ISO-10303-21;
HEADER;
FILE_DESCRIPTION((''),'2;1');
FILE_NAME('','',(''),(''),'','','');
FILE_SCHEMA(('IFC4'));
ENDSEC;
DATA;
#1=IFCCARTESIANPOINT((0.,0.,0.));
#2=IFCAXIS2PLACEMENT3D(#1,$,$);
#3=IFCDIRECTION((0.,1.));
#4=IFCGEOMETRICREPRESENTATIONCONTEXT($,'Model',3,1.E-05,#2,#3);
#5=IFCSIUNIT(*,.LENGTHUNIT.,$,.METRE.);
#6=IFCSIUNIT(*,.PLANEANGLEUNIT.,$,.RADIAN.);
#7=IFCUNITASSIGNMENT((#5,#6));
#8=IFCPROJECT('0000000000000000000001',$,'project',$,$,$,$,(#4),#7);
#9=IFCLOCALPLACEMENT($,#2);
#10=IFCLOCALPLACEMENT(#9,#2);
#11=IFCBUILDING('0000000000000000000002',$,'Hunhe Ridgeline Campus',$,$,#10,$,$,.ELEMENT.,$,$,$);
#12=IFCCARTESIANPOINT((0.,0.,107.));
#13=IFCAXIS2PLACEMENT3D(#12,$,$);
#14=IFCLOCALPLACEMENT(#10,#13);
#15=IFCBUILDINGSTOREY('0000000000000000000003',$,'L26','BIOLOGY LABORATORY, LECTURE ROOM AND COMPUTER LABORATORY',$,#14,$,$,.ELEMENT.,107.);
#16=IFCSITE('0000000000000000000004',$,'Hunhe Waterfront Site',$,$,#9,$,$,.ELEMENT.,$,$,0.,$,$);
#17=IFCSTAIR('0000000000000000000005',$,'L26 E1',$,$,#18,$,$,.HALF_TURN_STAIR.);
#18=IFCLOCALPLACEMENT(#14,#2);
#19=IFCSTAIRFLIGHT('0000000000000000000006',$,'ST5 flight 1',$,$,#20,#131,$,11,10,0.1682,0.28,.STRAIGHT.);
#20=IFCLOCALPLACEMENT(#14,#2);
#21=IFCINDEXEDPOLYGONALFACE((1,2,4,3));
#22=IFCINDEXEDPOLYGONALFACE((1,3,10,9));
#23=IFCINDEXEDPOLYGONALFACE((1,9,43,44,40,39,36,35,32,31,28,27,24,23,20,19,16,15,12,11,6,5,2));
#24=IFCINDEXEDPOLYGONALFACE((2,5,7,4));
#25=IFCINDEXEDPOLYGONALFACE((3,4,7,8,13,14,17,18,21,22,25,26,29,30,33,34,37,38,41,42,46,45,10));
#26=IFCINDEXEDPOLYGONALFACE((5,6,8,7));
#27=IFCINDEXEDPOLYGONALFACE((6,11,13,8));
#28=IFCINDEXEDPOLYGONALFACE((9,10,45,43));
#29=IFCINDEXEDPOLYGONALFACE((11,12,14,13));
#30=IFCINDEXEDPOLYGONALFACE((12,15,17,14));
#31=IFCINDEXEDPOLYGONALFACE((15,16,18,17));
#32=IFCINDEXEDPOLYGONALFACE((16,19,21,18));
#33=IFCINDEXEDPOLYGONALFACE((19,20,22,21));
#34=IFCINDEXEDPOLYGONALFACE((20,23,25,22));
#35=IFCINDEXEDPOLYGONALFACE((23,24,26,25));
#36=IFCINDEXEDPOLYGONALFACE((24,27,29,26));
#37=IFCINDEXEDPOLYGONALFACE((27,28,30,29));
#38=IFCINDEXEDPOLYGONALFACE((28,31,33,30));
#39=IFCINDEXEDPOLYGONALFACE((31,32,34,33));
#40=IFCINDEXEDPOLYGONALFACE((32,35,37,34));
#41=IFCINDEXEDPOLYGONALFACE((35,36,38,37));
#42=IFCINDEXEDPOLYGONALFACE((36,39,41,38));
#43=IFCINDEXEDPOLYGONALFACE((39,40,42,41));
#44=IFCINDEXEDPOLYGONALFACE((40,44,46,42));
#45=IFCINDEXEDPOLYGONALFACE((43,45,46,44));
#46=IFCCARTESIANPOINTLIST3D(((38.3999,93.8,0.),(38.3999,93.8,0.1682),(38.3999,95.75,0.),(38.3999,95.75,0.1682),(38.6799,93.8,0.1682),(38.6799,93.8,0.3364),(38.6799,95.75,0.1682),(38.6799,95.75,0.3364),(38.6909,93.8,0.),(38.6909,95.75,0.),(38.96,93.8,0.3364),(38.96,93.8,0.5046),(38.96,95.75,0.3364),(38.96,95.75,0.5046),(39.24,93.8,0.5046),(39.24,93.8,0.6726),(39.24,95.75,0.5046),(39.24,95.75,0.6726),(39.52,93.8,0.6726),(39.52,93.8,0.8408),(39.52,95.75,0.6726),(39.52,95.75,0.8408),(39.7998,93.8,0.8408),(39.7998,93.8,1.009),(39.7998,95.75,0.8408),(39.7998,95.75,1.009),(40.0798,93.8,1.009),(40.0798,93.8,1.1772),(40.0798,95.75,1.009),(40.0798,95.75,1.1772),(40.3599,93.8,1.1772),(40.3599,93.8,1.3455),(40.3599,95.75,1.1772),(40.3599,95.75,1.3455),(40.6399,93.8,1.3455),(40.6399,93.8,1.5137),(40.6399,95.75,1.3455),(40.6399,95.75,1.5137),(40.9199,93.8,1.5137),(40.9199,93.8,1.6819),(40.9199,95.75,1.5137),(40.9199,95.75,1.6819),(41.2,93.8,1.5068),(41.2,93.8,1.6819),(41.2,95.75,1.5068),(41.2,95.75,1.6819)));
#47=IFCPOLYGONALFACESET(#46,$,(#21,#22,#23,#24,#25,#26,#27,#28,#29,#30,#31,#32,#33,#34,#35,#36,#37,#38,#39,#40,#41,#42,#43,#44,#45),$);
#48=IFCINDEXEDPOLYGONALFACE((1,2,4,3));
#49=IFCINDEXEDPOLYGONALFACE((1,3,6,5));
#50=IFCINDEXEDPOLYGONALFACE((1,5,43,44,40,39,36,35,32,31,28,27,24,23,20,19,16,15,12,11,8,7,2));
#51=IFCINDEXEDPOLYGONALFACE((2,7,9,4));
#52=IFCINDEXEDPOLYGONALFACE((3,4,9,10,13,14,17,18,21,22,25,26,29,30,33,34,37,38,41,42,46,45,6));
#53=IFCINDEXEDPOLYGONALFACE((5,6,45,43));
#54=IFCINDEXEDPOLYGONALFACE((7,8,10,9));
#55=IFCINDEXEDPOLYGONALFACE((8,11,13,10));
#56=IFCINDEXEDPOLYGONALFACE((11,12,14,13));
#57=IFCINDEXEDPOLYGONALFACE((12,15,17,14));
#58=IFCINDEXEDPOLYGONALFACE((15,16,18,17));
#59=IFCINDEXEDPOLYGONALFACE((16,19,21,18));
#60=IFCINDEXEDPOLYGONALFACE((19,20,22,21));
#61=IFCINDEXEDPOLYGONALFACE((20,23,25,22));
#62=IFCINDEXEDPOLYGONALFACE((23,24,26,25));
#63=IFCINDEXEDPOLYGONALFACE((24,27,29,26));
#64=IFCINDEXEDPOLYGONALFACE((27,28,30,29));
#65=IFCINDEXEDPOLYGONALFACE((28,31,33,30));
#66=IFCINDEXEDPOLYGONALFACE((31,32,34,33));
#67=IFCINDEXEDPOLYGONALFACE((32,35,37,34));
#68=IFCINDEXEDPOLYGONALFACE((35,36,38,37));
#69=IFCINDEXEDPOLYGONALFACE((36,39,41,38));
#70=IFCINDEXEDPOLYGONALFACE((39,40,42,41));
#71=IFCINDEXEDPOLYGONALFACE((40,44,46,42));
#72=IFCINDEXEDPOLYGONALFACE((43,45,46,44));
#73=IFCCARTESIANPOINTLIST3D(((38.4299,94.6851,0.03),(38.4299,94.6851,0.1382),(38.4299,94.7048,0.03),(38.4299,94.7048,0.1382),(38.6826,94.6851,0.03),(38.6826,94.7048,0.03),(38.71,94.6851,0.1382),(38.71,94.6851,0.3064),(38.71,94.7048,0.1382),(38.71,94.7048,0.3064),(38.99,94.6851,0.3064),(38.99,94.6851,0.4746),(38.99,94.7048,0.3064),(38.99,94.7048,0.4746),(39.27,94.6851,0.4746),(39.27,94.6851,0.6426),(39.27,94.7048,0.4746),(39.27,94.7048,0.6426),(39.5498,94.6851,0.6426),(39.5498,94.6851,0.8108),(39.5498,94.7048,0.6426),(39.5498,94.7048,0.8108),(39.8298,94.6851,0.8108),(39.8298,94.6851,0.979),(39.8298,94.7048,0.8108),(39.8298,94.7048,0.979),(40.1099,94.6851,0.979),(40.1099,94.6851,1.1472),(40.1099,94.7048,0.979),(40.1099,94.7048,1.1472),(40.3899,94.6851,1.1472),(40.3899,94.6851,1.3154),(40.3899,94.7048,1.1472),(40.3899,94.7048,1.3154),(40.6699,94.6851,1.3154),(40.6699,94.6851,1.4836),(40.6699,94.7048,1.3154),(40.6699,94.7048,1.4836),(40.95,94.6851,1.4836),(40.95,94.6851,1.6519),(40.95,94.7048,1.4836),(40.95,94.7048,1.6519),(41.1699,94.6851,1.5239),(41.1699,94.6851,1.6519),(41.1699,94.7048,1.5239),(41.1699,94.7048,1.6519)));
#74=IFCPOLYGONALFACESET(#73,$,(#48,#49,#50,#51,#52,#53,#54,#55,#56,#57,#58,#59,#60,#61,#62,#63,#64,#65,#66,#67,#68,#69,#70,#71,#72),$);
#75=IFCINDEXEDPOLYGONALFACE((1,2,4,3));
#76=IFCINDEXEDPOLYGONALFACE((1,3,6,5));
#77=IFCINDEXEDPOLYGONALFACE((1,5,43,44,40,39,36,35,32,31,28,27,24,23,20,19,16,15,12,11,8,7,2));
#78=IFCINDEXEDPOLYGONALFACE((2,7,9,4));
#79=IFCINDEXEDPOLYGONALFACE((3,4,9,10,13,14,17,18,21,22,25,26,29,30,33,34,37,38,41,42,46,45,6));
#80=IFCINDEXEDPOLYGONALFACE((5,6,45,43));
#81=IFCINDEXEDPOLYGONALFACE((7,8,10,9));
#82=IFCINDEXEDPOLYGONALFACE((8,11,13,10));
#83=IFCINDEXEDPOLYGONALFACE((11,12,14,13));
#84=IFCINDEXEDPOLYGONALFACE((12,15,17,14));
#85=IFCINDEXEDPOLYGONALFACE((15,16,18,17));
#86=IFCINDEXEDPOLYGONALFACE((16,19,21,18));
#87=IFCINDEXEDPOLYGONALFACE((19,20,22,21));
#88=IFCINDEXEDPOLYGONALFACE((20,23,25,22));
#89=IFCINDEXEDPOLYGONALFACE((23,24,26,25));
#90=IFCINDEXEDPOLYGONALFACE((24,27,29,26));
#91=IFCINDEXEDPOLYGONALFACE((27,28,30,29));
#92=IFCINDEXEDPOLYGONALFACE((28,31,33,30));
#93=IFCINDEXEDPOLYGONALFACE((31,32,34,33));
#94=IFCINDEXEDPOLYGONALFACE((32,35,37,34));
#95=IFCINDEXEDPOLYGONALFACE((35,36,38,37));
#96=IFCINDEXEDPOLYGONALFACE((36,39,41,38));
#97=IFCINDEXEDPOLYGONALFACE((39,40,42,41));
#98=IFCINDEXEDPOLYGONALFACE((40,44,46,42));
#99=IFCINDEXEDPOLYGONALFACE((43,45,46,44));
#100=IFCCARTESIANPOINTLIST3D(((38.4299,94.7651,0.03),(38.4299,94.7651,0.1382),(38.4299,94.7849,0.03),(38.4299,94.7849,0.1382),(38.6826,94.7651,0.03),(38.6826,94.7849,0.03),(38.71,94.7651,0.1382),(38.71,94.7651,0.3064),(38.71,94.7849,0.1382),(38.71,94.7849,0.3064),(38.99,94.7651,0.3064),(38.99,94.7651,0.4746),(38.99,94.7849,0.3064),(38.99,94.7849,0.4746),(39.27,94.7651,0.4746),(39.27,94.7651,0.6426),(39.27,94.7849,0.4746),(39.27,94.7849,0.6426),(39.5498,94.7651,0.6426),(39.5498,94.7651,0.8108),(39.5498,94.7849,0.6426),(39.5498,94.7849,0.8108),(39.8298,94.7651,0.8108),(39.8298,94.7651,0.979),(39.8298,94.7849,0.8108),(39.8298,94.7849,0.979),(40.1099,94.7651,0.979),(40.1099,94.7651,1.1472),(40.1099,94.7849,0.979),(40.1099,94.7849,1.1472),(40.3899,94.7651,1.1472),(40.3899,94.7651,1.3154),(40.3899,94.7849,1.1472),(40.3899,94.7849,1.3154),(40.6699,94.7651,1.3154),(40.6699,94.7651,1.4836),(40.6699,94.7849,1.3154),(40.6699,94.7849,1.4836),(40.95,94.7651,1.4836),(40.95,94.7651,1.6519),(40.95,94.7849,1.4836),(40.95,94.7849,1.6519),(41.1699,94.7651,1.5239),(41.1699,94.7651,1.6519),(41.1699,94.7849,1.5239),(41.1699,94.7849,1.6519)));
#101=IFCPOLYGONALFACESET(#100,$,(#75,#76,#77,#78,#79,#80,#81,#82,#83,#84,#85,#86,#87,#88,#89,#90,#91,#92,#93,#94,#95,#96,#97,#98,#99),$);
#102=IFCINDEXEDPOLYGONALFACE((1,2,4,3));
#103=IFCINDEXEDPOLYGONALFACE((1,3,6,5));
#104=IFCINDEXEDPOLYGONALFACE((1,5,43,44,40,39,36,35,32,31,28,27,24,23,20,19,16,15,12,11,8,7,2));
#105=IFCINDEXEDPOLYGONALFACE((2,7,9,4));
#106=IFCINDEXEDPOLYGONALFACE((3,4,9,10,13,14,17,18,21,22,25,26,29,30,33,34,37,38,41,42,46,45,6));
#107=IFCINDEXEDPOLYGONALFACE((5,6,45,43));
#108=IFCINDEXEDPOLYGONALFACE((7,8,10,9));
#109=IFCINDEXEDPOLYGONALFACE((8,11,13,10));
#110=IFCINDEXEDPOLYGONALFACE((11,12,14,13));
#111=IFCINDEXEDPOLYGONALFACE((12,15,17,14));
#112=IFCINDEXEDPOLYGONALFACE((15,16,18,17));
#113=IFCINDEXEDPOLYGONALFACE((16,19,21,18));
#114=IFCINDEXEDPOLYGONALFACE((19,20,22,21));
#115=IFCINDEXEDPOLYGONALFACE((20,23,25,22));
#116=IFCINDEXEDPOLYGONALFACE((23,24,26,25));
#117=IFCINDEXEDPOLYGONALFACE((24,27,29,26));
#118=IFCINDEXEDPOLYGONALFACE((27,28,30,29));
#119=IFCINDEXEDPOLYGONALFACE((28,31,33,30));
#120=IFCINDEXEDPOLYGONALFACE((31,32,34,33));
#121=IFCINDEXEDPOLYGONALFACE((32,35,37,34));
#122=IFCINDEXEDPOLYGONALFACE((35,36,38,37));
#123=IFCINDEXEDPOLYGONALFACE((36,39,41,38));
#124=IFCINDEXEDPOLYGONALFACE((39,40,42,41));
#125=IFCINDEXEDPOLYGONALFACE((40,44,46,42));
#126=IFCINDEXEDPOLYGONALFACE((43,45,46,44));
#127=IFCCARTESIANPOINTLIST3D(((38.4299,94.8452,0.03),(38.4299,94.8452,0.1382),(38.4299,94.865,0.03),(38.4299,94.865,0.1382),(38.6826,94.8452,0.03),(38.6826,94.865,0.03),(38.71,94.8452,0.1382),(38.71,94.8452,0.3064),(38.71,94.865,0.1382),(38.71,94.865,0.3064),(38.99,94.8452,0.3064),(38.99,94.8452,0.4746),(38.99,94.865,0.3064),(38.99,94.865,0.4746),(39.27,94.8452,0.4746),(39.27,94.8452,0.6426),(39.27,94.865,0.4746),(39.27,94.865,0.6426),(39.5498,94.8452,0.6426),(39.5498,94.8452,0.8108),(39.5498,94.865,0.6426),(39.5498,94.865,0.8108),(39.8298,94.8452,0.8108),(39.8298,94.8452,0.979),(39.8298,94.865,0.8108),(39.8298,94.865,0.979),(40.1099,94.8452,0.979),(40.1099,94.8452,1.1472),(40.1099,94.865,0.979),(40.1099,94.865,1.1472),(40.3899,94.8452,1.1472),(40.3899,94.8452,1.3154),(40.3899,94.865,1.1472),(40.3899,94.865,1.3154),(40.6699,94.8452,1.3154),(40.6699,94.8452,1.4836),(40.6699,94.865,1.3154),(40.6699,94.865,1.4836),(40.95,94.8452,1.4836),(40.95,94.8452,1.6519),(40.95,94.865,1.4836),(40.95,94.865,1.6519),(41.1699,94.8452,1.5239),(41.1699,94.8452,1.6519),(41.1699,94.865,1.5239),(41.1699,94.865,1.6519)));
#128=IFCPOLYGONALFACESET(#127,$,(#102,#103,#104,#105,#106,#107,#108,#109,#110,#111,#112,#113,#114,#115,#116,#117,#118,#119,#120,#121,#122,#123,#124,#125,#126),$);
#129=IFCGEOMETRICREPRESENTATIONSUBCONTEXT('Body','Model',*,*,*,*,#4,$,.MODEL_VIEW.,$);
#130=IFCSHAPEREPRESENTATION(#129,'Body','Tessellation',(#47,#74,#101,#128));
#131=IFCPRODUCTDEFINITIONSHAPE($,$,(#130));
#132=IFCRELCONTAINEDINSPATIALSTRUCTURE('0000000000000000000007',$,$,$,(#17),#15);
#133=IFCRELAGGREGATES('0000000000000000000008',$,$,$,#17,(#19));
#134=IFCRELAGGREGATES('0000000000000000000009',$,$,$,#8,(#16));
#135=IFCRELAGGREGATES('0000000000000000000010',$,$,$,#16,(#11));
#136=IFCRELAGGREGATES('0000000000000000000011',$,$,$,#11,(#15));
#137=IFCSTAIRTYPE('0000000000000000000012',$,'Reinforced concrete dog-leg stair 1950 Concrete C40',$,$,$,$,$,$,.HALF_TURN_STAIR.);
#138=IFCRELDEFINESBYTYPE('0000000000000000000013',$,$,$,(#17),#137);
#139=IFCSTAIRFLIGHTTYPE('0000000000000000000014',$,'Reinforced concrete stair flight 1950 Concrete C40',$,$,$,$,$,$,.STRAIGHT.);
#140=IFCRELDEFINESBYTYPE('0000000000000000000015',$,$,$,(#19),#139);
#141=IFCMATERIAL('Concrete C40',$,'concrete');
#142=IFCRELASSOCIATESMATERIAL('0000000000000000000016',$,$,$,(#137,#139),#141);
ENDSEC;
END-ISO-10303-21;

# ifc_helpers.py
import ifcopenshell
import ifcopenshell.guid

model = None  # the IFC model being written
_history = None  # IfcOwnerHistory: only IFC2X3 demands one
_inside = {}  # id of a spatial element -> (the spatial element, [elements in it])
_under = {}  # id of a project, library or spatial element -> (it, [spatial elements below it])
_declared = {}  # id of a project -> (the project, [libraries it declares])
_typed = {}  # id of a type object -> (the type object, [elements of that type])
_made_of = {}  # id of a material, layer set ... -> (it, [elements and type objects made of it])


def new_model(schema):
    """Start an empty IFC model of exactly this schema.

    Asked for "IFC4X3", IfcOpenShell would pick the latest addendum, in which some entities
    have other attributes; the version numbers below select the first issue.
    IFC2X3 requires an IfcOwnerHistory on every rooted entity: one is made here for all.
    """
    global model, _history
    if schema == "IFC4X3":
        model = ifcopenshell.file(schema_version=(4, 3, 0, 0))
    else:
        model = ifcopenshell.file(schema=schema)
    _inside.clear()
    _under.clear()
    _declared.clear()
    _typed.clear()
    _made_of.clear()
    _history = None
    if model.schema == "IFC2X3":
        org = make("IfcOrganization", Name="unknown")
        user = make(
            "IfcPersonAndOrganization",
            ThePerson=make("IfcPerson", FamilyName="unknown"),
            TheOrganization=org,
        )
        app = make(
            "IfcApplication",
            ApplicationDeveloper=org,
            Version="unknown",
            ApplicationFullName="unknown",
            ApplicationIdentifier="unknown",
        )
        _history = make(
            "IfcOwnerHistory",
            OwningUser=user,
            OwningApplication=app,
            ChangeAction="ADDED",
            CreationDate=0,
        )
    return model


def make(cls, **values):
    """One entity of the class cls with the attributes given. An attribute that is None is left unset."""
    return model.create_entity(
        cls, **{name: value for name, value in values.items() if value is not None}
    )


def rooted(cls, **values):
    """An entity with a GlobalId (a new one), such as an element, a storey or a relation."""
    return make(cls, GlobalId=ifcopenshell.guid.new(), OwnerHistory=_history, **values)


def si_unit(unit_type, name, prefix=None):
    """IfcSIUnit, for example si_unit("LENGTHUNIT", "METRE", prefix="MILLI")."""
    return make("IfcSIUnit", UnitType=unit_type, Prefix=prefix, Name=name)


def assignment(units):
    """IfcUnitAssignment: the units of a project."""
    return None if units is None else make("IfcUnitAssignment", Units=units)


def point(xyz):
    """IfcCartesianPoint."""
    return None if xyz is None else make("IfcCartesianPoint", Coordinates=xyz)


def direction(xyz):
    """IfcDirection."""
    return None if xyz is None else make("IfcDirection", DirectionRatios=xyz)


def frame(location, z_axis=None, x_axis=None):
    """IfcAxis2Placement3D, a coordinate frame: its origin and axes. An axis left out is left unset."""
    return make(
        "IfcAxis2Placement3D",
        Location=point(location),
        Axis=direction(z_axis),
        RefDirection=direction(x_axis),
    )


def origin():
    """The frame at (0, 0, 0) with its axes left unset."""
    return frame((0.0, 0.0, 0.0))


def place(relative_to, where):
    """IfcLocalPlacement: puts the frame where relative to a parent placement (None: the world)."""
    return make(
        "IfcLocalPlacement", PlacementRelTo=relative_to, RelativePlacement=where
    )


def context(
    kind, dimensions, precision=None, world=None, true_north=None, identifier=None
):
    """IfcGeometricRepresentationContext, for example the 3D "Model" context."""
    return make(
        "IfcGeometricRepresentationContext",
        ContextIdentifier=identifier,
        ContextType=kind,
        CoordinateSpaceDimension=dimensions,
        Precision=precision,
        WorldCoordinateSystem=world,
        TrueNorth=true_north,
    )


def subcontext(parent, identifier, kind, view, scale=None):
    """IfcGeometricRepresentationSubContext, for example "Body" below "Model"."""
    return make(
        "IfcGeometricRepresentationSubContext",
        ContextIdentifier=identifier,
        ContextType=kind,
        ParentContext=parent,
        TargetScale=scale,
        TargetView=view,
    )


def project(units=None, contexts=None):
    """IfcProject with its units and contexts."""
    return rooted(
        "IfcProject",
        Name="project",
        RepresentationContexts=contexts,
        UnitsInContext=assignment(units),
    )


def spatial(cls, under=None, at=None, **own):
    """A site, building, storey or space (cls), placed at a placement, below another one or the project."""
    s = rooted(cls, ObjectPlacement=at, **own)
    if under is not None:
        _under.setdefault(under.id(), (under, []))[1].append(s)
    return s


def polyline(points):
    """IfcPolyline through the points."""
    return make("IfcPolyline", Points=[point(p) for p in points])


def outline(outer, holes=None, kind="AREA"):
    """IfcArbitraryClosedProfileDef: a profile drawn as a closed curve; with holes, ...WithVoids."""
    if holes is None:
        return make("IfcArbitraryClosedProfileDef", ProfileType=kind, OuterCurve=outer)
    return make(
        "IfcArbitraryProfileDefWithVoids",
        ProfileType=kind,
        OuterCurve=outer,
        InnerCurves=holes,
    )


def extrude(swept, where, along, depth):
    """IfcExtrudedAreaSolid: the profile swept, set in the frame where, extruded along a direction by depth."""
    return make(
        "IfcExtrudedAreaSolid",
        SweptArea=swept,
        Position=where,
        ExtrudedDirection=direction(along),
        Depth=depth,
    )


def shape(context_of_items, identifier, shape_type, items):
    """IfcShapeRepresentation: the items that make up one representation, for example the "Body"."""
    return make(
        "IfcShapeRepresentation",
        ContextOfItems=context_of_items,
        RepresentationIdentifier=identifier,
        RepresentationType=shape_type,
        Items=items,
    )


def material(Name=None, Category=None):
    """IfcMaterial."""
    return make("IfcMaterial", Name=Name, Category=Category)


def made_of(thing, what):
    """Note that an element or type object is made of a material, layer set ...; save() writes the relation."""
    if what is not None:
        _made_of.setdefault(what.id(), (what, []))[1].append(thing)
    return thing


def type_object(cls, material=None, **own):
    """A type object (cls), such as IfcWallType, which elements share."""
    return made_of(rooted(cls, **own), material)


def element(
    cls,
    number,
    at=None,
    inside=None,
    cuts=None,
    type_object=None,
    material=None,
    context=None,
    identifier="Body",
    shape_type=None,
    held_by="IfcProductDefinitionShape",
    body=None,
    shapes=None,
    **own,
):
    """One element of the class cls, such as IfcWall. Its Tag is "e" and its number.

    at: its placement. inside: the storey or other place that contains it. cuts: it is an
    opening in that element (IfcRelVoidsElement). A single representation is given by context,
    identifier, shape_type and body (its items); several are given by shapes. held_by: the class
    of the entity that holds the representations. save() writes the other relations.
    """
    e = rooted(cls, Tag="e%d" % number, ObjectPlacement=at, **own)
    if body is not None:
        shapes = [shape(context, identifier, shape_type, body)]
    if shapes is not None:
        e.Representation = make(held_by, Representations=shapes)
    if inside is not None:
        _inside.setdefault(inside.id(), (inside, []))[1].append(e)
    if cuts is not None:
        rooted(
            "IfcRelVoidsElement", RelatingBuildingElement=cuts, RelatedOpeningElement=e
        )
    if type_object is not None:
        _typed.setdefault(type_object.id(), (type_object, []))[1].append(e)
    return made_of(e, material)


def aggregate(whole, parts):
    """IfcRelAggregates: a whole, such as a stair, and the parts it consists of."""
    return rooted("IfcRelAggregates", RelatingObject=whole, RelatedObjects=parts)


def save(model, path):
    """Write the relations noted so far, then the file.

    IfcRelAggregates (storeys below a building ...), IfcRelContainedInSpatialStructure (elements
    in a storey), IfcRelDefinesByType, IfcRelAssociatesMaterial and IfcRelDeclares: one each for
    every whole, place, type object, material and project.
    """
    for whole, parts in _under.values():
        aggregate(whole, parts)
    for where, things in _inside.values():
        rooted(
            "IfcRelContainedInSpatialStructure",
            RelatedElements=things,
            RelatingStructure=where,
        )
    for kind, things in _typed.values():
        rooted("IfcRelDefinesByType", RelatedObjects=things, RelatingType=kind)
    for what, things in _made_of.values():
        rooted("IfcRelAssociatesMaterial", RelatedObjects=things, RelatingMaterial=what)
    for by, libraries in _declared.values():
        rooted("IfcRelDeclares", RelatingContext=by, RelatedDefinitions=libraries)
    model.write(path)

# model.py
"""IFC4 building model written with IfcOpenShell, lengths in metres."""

from ifc_helpers import new_model, si_unit, direction, frame, origin, place, context, subcontext, project, spatial, polyline, outline, extrude, material, type_object, element, aggregate, save


model = new_model("IFC4")

# Units and contexts
model_context = context("Model", 3, precision=1e-05, world=origin(), true_north=direction((0.0, 1.0)))
body_context = subcontext(model_context, "Body", "Model", "MODEL_VIEW")
ifc_project = project(units=[si_unit("LENGTHUNIT", "METRE"), si_unit("PLANEANGLEUNIT", "RADIAN")], contexts=[model_context])

# Site, building, storey
site_placement = place(None, origin())
site = spatial("IfcSite", under=ifc_project, at=site_placement, Name="Hunhe Waterfront Site", CompositionType="ELEMENT", RefElevation=0.0)
building_placement = place(site_placement, origin())
building = spatial("IfcBuilding", under=site, at=building_placement, Name="Hunhe Ridgeline Campus", CompositionType="ELEMENT")
storey_placement = place(building_placement, frame((0.0, 0.0, 107.0)))
storey = spatial("IfcBuildingStorey", under=building, at=storey_placement, Name="L26", Description="BIOLOGY LABORATORY, LECTURE ROOM AND COMPUTER LABORATORY", CompositionType="ELEMENT", Elevation=107.0)

# Shared definitions
ifc_material_1 = material(Name="Concrete C40", Category="concrete")
stair_type = type_object("IfcStairType", Name="Reinforced concrete dog-leg stair 1950 Concrete C40", PredefinedType="HALF_TURN_STAIR", material=ifc_material_1)
stair_flight_type = type_object("IfcStairFlightType", Name="Reinforced concrete stair flight 1950 Concrete C40", PredefinedType="STRAIGHT", material=ifc_material_1)

# Stair, stair flight
stair_1_placement = place(storey_placement, origin())
stair_1 = element("IfcStair", 1, at=stair_1_placement, inside=storey, type_object=stair_type, Name="L26 E1", PredefinedType="HALF_TURN_STAIR")
stair_flight_1_placement = place(storey_placement, frame((38.3999, 94.7749, 0.0), z_axis=(0.0, 0.0, 1.0), x_axis=(1.0, 0.0, 0.0)))
stair_flight_1 = element("IfcStairFlight", 2, at=stair_flight_1_placement, type_object=stair_flight_type, Name="ST5 flight 1", NumberOfRisers=11, NumberOfTreads=10, PredefinedType="STRAIGHT", RiserHeight=0.1682, TreadLength=0.28, context=body_context, shape_type="SweptSolid", body=[
    extrude(outline(polyline([(0.0, 0.0), (0.0, 0.1682), (0.28, 0.1682), (0.28, 0.3364), (0.5601, 0.3364), (0.5601, 0.5046), (0.8401, 0.5046), (0.8401, 0.6726), (1.1201, 0.6726), (1.1201, 0.8408), (1.3999, 0.8408), (1.3999, 1.009), (1.6799, 1.009), (1.6799, 1.1772), (1.96, 1.1772), (1.96, 1.3455), (2.24, 1.3455), (2.24, 1.5137), (2.52, 1.5137), (2.52, 1.6819), (2.8, 1.6819), (2.8, 1.8501), (2.8, 1.5068), (0.291, 0.0), (0.0, 0.0)])), frame((0.0, 0.9751, 0.0), z_axis=(0.0, -1.0, 0.0), x_axis=(1.0, 0.0, 0.0)), (0.0, 0.0, 1.0), 1.95),
    extrude(outline(polyline([(0.03, 0.03), (0.03, 0.1382), (0.3101, 0.1382), (0.3101, 0.3064), (0.5901, 0.3064), (0.5901, 0.4746), (0.8701, 0.4746), (0.8701, 0.6426), (1.1499, 0.6426), (1.1499, 0.8108), (1.4299, 0.8108), (1.4299, 0.979), (1.71, 0.979), (1.71, 1.1472), (1.99, 1.1472), (1.99, 1.3154), (2.27, 1.3154), (2.27, 1.4836), (2.55, 1.4836), (2.55, 1.6519), (2.77, 1.6519), (2.77, 1.5239), (0.2827, 0.03), (0.03, 0.03)])), frame((0.0, -0.0701, 0.0), z_axis=(0.0, -1.0, 0.0), x_axis=(1.0, 0.0, 0.0)), (0.0, 0.0, 1.0), 0.0198),
    extrude(outline(polyline([(0.03, 0.03), (0.03, 0.1382), (0.3101, 0.1382), (0.3101, 0.3064), (0.5901, 0.3064), (0.5901, 0.4746), (0.8701, 0.4746), (0.8701, 0.6426), (1.1499, 0.6426), (1.1499, 0.8108), (1.4299, 0.8108), (1.4299, 0.979), (1.71, 0.979), (1.71, 1.1472), (1.99, 1.1472), (1.99, 1.3154), (2.27, 1.3154), (2.27, 1.4836), (2.55, 1.4836), (2.55, 1.6519), (2.77, 1.6519), (2.77, 1.5239), (0.2827, 0.03), (0.03, 0.03)])), frame((0.0, 0.01, 0.0), z_axis=(0.0, -1.0, 0.0), x_axis=(1.0, 0.0, 0.0)), (0.0, 0.0, 1.0), 0.0198),
    extrude(outline(polyline([(0.03, 0.03), (0.03, 0.1382), (0.3101, 0.1382), (0.3101, 0.3064), (0.5901, 0.3064), (0.5901, 0.4746), (0.8701, 0.4746), (0.8701, 0.6426), (1.1499, 0.6426), (1.1499, 0.8108), (1.4299, 0.8108), (1.4299, 0.979), (1.71, 0.979), (1.71, 1.1472), (1.99, 1.1472), (1.99, 1.3154), (2.27, 1.3154), (2.27, 1.4836), (2.55, 1.4836), (2.55, 1.6519), (2.77, 1.6519), (2.77, 1.5239), (0.2827, 0.03), (0.03, 0.03)])), frame((0.0, 0.0901, 0.0), z_axis=(0.0, -1.0, 0.0), x_axis=(1.0, 0.0, 0.0)), (0.0, 0.0, 1.0), 0.0198),
])
aggregate(stair_1, [stair_flight_1])

save(model, "model.ifc")
